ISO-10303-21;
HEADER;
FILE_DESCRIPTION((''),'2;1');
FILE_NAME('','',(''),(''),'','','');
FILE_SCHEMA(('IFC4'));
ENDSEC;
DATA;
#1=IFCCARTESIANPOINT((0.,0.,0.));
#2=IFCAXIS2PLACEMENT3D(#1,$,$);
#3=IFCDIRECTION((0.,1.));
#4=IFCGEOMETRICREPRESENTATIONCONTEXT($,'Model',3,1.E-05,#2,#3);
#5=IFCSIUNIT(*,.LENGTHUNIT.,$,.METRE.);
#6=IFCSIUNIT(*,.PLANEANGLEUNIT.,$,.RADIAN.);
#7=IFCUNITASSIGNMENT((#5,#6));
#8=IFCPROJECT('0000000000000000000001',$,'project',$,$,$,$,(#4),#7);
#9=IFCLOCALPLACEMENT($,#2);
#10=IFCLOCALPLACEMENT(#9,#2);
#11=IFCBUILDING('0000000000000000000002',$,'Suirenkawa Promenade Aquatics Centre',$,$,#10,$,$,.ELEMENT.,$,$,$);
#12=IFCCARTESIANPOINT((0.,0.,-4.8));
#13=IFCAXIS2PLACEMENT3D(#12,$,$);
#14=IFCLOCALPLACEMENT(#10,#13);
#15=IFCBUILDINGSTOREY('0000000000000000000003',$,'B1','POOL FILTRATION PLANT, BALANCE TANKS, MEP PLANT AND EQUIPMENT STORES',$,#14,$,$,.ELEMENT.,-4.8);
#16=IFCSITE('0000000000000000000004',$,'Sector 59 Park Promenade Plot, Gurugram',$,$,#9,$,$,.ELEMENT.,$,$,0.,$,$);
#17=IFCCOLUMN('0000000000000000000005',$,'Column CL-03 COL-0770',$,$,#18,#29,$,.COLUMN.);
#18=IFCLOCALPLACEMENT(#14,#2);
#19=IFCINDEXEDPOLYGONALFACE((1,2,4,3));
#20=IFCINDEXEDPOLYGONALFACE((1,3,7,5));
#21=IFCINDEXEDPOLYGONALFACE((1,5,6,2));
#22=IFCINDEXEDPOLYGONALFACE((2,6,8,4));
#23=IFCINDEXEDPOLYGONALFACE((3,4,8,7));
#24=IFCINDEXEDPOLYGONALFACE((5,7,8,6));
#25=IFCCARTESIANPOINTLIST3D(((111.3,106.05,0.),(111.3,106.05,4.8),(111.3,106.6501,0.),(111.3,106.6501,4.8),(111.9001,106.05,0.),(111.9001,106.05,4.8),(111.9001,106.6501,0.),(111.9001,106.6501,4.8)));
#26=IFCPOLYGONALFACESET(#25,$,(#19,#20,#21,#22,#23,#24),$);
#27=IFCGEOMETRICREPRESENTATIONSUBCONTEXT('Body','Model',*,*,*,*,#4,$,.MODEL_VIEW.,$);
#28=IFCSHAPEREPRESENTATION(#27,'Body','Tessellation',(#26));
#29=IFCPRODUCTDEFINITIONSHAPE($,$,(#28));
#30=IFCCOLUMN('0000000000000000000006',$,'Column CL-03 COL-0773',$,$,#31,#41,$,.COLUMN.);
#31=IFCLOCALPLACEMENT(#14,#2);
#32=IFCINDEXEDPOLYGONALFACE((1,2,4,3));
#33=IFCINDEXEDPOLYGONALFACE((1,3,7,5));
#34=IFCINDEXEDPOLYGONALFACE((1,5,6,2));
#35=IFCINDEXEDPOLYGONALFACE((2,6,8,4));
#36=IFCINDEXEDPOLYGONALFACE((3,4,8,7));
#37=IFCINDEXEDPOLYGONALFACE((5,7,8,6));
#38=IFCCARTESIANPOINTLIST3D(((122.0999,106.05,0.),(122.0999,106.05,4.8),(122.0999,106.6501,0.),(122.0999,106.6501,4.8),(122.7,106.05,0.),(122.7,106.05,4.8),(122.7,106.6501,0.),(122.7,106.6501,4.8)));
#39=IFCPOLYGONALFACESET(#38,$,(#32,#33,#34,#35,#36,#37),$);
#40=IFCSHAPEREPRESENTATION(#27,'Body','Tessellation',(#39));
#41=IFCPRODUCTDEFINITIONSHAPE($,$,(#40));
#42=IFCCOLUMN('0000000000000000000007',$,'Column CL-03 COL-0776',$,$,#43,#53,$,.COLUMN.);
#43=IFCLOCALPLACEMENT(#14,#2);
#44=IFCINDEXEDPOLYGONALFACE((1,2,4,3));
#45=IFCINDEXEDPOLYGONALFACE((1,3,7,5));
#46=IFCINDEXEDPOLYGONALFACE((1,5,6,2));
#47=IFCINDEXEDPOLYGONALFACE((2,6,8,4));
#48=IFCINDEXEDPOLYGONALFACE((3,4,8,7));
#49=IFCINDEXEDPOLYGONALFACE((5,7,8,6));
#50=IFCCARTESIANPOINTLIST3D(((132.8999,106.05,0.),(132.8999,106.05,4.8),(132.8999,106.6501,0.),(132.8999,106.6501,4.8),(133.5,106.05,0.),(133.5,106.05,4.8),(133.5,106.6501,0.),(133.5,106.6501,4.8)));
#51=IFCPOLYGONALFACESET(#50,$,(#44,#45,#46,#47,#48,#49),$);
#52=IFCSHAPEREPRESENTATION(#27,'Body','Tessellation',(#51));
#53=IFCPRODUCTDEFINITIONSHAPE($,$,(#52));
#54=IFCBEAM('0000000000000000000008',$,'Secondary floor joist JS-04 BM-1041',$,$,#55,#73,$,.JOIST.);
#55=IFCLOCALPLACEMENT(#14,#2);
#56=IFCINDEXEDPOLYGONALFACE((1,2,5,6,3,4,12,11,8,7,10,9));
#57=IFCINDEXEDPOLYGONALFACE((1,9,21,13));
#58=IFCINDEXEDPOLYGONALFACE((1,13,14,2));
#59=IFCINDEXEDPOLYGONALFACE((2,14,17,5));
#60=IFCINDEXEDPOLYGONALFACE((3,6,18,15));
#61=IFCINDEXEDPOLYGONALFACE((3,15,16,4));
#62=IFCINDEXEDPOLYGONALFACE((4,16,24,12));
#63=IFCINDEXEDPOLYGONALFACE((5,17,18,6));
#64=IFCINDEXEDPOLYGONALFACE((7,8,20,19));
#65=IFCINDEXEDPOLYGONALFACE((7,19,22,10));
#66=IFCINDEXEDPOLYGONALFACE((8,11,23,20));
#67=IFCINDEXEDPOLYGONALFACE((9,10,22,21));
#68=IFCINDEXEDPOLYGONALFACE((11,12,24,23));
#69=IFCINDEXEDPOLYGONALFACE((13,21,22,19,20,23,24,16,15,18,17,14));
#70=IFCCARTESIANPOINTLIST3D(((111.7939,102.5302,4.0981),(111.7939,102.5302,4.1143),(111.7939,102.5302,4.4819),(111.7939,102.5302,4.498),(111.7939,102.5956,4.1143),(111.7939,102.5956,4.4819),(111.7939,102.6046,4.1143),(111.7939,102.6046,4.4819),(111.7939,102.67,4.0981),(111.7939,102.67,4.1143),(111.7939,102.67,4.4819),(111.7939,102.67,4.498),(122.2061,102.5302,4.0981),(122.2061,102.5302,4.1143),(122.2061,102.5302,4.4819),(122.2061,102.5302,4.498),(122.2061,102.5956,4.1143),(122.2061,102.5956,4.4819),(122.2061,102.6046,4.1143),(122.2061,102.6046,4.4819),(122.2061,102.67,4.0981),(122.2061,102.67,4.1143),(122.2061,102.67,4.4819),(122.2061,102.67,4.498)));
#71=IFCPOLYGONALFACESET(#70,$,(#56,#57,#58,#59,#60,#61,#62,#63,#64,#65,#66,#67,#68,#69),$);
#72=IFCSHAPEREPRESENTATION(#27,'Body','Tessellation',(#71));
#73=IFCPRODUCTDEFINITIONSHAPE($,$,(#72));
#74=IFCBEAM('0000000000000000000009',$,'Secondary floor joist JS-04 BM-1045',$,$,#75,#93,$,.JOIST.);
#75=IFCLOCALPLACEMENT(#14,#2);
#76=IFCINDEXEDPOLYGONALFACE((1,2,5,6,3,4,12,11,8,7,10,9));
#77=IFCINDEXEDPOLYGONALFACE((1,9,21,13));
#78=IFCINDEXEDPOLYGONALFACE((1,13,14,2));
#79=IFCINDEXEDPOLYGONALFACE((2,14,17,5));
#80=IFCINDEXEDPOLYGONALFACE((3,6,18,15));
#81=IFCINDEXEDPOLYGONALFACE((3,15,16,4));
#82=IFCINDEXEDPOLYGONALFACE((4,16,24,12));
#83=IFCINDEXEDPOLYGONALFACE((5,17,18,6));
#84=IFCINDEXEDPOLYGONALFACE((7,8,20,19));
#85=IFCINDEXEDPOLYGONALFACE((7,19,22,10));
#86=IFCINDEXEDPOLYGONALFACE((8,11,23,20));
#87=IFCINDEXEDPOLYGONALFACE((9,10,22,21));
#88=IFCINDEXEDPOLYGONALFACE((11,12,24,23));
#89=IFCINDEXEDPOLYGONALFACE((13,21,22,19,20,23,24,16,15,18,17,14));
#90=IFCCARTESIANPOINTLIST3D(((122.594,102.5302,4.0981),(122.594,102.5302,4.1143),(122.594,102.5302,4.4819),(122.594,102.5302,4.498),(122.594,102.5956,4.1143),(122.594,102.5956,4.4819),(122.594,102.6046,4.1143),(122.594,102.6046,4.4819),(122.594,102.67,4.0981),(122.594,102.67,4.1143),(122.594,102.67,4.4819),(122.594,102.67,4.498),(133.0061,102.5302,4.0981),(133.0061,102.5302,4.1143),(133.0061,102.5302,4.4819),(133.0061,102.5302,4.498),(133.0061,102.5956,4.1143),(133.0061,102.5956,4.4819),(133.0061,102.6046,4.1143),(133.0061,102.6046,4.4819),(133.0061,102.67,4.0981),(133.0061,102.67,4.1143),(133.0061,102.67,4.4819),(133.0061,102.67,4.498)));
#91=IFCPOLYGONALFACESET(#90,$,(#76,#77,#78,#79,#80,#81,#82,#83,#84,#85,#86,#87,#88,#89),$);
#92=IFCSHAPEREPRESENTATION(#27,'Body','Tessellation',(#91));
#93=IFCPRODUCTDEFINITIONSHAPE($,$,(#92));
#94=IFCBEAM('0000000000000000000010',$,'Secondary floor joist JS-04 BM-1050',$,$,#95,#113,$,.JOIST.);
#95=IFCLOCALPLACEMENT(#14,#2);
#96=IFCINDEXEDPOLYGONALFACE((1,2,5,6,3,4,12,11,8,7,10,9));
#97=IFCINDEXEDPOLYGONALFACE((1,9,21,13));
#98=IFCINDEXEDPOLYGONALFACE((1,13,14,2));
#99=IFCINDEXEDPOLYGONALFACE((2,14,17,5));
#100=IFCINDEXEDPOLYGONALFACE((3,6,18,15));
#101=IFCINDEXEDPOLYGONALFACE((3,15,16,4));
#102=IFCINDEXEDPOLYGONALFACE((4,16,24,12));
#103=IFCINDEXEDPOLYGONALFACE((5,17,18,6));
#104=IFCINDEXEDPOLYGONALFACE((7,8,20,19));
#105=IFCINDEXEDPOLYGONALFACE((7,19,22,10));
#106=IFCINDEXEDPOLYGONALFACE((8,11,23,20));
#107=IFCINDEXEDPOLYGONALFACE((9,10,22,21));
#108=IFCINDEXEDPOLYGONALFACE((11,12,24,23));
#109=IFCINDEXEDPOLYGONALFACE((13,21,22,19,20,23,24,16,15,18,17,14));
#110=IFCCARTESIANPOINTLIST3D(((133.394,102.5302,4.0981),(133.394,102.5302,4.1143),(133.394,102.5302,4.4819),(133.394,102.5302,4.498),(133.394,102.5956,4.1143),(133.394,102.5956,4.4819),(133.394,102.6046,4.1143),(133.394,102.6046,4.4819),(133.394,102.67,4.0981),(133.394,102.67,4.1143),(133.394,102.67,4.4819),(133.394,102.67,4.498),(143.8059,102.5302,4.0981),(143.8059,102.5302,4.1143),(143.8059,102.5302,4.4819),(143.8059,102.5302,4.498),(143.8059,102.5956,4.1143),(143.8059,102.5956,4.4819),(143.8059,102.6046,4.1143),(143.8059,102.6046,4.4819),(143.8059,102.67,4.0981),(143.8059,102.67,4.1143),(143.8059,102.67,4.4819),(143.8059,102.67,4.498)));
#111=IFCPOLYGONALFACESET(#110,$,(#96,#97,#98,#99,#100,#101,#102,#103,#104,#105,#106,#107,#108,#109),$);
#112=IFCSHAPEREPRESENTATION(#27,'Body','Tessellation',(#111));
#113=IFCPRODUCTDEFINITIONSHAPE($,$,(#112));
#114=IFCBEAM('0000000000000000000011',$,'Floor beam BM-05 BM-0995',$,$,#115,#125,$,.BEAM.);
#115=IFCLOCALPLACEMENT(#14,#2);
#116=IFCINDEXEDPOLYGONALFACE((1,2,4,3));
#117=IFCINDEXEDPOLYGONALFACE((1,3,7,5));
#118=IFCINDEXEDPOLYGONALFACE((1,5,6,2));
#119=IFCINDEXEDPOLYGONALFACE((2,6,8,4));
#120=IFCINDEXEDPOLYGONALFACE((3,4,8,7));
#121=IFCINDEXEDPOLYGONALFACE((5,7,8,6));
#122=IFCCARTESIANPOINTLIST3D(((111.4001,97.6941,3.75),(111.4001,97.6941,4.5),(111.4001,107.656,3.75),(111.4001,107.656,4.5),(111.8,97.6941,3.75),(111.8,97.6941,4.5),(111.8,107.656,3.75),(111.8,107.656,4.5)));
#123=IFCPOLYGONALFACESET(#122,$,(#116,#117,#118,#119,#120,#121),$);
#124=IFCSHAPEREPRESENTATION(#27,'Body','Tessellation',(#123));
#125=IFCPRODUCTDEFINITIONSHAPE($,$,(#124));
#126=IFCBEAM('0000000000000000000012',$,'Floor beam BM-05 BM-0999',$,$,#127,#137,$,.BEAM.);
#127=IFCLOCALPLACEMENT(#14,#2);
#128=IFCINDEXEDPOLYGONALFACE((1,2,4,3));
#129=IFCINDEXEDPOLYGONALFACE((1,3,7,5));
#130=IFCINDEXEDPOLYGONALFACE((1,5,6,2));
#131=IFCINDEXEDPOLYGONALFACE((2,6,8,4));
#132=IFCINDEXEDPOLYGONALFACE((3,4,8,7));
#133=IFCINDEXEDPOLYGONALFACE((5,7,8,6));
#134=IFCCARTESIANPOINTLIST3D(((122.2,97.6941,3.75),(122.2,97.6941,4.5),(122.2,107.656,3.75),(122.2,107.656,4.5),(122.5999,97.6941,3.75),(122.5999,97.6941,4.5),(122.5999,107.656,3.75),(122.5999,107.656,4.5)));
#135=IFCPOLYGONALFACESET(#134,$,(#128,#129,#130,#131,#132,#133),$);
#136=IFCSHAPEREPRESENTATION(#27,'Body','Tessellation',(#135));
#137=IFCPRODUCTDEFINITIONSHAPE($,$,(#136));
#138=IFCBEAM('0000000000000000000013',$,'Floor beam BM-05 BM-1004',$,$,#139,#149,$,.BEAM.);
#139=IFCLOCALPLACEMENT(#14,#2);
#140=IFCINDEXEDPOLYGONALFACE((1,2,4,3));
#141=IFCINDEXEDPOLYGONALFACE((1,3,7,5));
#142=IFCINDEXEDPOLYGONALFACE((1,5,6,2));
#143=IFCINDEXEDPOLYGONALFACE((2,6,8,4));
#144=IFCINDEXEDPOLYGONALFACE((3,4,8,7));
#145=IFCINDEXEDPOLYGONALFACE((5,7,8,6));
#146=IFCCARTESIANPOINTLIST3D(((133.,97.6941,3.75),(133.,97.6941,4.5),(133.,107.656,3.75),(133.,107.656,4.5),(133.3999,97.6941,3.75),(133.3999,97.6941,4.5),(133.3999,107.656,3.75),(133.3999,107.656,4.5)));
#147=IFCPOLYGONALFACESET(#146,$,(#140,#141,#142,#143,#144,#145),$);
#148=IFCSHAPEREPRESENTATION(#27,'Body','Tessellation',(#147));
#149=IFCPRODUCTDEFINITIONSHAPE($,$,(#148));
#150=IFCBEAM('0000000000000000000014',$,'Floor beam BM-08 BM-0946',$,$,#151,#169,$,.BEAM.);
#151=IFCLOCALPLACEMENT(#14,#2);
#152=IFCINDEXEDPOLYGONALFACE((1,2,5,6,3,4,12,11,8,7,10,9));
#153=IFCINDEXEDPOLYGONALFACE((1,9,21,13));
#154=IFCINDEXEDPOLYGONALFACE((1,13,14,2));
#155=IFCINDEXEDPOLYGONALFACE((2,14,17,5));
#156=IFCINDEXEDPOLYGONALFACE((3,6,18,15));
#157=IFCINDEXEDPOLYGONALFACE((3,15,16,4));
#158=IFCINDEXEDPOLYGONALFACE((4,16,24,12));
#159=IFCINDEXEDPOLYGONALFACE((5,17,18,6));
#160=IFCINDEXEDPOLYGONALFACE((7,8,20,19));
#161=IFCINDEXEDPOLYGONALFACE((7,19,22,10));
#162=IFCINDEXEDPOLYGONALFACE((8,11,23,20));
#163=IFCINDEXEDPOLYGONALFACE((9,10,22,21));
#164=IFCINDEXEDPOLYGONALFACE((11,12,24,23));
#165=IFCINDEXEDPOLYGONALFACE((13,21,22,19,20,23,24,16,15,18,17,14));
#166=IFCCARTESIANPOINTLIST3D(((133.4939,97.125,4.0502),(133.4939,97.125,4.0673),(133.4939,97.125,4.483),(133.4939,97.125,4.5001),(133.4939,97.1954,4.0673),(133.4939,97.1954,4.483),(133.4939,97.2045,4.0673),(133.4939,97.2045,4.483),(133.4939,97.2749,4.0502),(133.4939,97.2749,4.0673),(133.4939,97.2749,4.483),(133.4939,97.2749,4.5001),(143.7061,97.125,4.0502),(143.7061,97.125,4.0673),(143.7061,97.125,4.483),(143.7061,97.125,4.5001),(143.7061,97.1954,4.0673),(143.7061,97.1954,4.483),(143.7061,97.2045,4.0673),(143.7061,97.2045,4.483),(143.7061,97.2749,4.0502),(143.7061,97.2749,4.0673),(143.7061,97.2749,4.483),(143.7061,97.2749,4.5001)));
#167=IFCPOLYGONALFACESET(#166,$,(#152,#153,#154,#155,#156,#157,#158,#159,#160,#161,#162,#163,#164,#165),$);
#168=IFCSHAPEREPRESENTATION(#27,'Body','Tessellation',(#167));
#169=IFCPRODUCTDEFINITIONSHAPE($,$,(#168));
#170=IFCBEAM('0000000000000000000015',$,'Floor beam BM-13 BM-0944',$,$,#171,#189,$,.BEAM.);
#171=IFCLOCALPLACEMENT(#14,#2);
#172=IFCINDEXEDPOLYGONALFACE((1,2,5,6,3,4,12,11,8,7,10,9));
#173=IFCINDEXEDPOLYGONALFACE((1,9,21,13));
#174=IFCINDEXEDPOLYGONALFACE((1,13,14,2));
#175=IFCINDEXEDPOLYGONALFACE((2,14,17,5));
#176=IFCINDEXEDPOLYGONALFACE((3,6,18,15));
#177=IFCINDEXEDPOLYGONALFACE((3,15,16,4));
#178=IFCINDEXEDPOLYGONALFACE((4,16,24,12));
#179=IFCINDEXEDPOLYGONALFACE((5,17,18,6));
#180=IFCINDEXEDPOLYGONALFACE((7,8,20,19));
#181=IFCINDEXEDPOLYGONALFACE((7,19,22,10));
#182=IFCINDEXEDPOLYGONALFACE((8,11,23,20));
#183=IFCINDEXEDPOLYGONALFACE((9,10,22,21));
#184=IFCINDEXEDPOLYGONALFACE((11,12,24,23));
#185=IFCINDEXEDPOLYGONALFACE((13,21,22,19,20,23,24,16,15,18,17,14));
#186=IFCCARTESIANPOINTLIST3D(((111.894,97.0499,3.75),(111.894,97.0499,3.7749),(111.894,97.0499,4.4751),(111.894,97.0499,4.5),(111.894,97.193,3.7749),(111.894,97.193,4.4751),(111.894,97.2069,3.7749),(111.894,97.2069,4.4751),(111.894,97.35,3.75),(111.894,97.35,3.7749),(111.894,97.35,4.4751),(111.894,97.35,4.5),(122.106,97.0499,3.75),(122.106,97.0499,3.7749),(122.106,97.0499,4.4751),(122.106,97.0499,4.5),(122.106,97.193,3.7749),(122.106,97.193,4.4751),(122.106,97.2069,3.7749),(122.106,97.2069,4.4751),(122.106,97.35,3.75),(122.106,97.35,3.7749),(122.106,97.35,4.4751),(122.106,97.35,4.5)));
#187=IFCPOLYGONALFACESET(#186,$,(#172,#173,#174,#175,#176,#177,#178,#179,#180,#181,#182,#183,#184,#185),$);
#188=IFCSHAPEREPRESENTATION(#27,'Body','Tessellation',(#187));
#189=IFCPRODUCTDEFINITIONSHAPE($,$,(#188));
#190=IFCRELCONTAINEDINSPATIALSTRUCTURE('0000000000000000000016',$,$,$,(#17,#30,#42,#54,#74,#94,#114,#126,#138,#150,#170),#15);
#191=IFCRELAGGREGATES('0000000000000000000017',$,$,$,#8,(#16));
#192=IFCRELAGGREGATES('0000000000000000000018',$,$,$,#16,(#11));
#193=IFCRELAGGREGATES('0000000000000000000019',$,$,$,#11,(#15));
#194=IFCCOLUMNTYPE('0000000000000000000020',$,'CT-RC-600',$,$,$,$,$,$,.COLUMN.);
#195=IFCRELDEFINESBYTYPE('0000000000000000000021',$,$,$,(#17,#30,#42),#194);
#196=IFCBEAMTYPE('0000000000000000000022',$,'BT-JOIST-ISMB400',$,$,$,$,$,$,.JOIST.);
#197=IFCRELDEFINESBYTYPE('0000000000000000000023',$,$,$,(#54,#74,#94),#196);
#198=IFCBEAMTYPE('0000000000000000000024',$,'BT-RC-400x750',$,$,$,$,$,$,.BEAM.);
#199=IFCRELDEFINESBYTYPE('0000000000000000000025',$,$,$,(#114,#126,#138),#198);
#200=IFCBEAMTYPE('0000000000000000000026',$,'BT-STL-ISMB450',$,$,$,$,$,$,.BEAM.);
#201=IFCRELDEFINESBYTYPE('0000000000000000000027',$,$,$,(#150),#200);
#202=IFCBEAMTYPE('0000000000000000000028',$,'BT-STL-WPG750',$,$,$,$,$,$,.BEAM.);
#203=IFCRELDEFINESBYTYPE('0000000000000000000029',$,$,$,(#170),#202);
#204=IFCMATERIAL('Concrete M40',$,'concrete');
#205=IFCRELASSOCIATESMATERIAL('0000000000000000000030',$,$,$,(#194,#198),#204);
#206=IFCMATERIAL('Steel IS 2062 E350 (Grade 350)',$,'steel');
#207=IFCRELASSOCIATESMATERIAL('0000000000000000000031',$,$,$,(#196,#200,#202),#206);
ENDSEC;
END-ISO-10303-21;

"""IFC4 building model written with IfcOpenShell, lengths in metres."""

from ifc_helpers import new_model, si_unit, direction, frame, origin, origin_2d, place, context, subcontext, project, spatial, rectangle, i_section, extrude, material, material_profile, profile_set, type_object, element, save


model = new_model("IFC4")

# Units and contexts
model_context = context("Model", 3, precision=1e-05, world=origin(), true_north=direction((0.0, 1.0)))
body_context = subcontext(model_context, "Body", "Model", "MODEL_VIEW")
ifc_project = project(units=[si_unit("LENGTHUNIT", "METRE"), si_unit("PLANEANGLEUNIT", "RADIAN")], contexts=[model_context])

# Site, building, storey
site_placement = place(None, origin())
site = spatial("IfcSite", under=ifc_project, at=site_placement, Name="Sector 59 Park Promenade Plot, Gurugram", CompositionType="ELEMENT", RefElevation=0.0)
building_placement = place(site_placement, origin())
building = spatial("IfcBuilding", under=site, at=building_placement, Name="Suirenkawa Promenade Aquatics Centre", CompositionType="ELEMENT")
storey_placement = place(building_placement, frame((0.0, 0.0, -4.8)))
storey = spatial("IfcBuildingStorey", under=building, at=storey_placement, Name="B1", Description="POOL FILTRATION PLANT, BALANCE TANKS, MEP PLANT AND EQUIPMENT STORES", CompositionType="ELEMENT", Elevation=-4.8)

# Columns
ifc_material_1 = material(Name="Concrete M40", Category="concrete")
ifc_material_profile_1 = material_profile(ifc_material_1, rectangle(XDim=0.6001, YDim=0.6001, at=origin_2d()), Name="RC COL 600x600", Category="concrete")
ifc_profile_set_1 = profile_set([ifc_material_profile_1], Name="Concrete M40")
column_type_1 = type_object("IfcColumnType", Name="CT-RC-600", PredefinedType="COLUMN", material=ifc_profile_set_1)
for number, where, z_axis, x_axis, name in (
    (1, (111.6001, 106.3501, 0.0), (0.0, 0.0, 1.0), (1.0, 0.0, 0.0), "Column CL-03 COL-0770"),
    (2, (122.3999, 106.3501, 0.0), (0.0, 0.0, 1.0), (1.0, 0.0, 0.0), "Column CL-03 COL-0773"),
    (3, (133.2, 106.3501, 0.0), (0.0, 0.0, 1.0), (1.0, 0.0, 0.0), "Column CL-03 COL-0776"),
):
    element("IfcColumn", number, at=place(storey_placement, frame(where, z_axis=z_axis, x_axis=x_axis)), inside=storey, type_object=column_type_1, Name=name, PredefinedType="COLUMN", context=body_context, shape_type="SweptSolid", body=[
        extrude(rectangle(XDim=0.6001, YDim=0.6001, at=origin_2d()), origin(), (0.0, 0.0, 1.0), 4.8),
    ])

# Beams
ifc_material_2 = material(Name="Steel IS 2062 E350 (Grade 350)", Category="steel")
ifc_material_profile_2 = material_profile(ifc_material_2, i_section(OverallWidth=0.1399, OverallDepth=0.3999, WebThickness=0.009, FlangeThickness=0.0161, at=origin_2d()), Name="ISMB 400", Category="steel")
ifc_profile_set_2 = profile_set([ifc_material_profile_2], Name="Steel IS 2062 E350 (Grade 350)")
beam_type_1 = type_object("IfcBeamType", Name="BT-JOIST-ISMB400", PredefinedType="JOIST", material=ifc_profile_set_2)
for number, where, z_axis, x_axis, name in (
    (4, (111.7939, 102.6001, 4.2981), (1.0, 0.0, 0.0), (0.0, 1.0, 0.0), "Secondary floor joist JS-04 BM-1041"),
    (5, (122.594, 102.6001, 4.2981), (1.0, 0.0, 0.0), (0.0, 1.0, 0.0), "Secondary floor joist JS-04 BM-1045"),
):
    element("IfcBeam", number, at=place(storey_placement, frame(where, z_axis=z_axis, x_axis=x_axis)), inside=storey, type_object=beam_type_1, Name=name, PredefinedType="JOIST", context=body_context, shape_type="SweptSolid", body=[
        extrude(i_section(OverallWidth=0.1399, OverallDepth=0.3999, WebThickness=0.009, FlangeThickness=0.0161, at=origin_2d()), origin(), (0.0, 0.0, 1.0), 10.4121),
    ])
beam_1_placement = place(storey_placement, frame((133.394, 102.6001, 4.2981), z_axis=(1.0, 0.0, 0.0), x_axis=(0.0, 1.0, 0.0)))
element("IfcBeam", 6, at=beam_1_placement, inside=storey, type_object=beam_type_1, Name="Secondary floor joist JS-04 BM-1050", PredefinedType="JOIST", context=body_context, shape_type="SweptSolid", body=[
    extrude(i_section(OverallWidth=0.1399, OverallDepth=0.3999, WebThickness=0.009, FlangeThickness=0.0161, at=origin_2d()), origin(), (0.0, 0.0, 1.0), 10.4119),
])
ifc_material_profile_3 = material_profile(ifc_material_1, rectangle(XDim=0.3999, YDim=0.75, at=origin_2d()), Name="RC BM 400x750", Category="concrete")
ifc_profile_set_3 = profile_set([ifc_material_profile_3], Name="Concrete M40")
beam_type_2 = type_object("IfcBeamType", Name="BT-RC-400x750", PredefinedType="BEAM", material=ifc_profile_set_3)
for number, where, z_axis, x_axis, name in (
    (7, (111.6001, 97.6941, 4.125), (0.0, 1.0, 0.0), (-1.0, 0.0, 0.0), "Floor beam BM-05 BM-0995"),
    (8, (122.3999, 97.6941, 4.125), (0.0, 1.0, 0.0), (-1.0, 0.0, 0.0), "Floor beam BM-05 BM-0999"),
    (9, (133.2, 97.6941, 4.125), (0.0, 1.0, 0.0), (-1.0, 0.0, 0.0), "Floor beam BM-05 BM-1004"),
):
    element("IfcBeam", number, at=place(storey_placement, frame(where, z_axis=z_axis, x_axis=x_axis)), inside=storey, type_object=beam_type_2, Name=name, PredefinedType="BEAM", context=body_context, shape_type="SweptSolid", body=[
        extrude(rectangle(XDim=0.3999, YDim=0.75, at=origin_2d()), origin(), (0.0, 0.0, 1.0), 9.9619),
    ])
ifc_material_profile_4 = material_profile(ifc_material_2, i_section(OverallWidth=0.1499, OverallDepth=0.45, WebThickness=0.009, FlangeThickness=0.0171, at=origin_2d()), Name="ISMB 450", Category="steel")
ifc_profile_set_4 = profile_set([ifc_material_profile_4], Name="Steel IS 2062 E350 (Grade 350)")
beam_type_3 = type_object("IfcBeamType", Name="BT-STL-ISMB450", PredefinedType="BEAM", material=ifc_profile_set_4)
beam_2_placement = place(storey_placement, frame((133.4939, 97.2, 4.2751), z_axis=(1.0, 0.0, 0.0), x_axis=(0.0, 1.0, 0.0)))
element("IfcBeam", 10, at=beam_2_placement, inside=storey, type_object=beam_type_3, Name="Floor beam BM-08 BM-0946", PredefinedType="BEAM", context=body_context, shape_type="SweptSolid", body=[
    extrude(i_section(OverallWidth=0.1499, OverallDepth=0.45, WebThickness=0.009, FlangeThickness=0.0171, at=origin_2d()), origin(), (0.0, 0.0, 1.0), 10.2122),
])
ifc_material_profile_5 = material_profile(ifc_material_2, i_section(OverallWidth=0.3, OverallDepth=0.75, WebThickness=0.0139, FlangeThickness=0.0249, at=origin_2d()), Name="WPG 750x300", Category="steel")
ifc_profile_set_5 = profile_set([ifc_material_profile_5], Name="Steel IS 2062 E350 (Grade 350)")
beam_type_4 = type_object("IfcBeamType", Name="BT-STL-WPG750", PredefinedType="BEAM", material=ifc_profile_set_5)
beam_3_placement = place(storey_placement, frame((111.894, 97.2, 4.125), z_axis=(1.0, 0.0, 0.0), x_axis=(0.0, 1.0, 0.0)))
element("IfcBeam", 11, at=beam_3_placement, inside=storey, type_object=beam_type_4, Name="Floor beam BM-13 BM-0944", PredefinedType="BEAM", context=body_context, shape_type="SweptSolid", body=[
    extrude(i_section(OverallWidth=0.3, OverallDepth=0.75, WebThickness=0.0139, FlangeThickness=0.0249, at=origin_2d()), origin(), (0.0, 0.0, 1.0), 10.2119),
])

save(model, "model.ifc")
